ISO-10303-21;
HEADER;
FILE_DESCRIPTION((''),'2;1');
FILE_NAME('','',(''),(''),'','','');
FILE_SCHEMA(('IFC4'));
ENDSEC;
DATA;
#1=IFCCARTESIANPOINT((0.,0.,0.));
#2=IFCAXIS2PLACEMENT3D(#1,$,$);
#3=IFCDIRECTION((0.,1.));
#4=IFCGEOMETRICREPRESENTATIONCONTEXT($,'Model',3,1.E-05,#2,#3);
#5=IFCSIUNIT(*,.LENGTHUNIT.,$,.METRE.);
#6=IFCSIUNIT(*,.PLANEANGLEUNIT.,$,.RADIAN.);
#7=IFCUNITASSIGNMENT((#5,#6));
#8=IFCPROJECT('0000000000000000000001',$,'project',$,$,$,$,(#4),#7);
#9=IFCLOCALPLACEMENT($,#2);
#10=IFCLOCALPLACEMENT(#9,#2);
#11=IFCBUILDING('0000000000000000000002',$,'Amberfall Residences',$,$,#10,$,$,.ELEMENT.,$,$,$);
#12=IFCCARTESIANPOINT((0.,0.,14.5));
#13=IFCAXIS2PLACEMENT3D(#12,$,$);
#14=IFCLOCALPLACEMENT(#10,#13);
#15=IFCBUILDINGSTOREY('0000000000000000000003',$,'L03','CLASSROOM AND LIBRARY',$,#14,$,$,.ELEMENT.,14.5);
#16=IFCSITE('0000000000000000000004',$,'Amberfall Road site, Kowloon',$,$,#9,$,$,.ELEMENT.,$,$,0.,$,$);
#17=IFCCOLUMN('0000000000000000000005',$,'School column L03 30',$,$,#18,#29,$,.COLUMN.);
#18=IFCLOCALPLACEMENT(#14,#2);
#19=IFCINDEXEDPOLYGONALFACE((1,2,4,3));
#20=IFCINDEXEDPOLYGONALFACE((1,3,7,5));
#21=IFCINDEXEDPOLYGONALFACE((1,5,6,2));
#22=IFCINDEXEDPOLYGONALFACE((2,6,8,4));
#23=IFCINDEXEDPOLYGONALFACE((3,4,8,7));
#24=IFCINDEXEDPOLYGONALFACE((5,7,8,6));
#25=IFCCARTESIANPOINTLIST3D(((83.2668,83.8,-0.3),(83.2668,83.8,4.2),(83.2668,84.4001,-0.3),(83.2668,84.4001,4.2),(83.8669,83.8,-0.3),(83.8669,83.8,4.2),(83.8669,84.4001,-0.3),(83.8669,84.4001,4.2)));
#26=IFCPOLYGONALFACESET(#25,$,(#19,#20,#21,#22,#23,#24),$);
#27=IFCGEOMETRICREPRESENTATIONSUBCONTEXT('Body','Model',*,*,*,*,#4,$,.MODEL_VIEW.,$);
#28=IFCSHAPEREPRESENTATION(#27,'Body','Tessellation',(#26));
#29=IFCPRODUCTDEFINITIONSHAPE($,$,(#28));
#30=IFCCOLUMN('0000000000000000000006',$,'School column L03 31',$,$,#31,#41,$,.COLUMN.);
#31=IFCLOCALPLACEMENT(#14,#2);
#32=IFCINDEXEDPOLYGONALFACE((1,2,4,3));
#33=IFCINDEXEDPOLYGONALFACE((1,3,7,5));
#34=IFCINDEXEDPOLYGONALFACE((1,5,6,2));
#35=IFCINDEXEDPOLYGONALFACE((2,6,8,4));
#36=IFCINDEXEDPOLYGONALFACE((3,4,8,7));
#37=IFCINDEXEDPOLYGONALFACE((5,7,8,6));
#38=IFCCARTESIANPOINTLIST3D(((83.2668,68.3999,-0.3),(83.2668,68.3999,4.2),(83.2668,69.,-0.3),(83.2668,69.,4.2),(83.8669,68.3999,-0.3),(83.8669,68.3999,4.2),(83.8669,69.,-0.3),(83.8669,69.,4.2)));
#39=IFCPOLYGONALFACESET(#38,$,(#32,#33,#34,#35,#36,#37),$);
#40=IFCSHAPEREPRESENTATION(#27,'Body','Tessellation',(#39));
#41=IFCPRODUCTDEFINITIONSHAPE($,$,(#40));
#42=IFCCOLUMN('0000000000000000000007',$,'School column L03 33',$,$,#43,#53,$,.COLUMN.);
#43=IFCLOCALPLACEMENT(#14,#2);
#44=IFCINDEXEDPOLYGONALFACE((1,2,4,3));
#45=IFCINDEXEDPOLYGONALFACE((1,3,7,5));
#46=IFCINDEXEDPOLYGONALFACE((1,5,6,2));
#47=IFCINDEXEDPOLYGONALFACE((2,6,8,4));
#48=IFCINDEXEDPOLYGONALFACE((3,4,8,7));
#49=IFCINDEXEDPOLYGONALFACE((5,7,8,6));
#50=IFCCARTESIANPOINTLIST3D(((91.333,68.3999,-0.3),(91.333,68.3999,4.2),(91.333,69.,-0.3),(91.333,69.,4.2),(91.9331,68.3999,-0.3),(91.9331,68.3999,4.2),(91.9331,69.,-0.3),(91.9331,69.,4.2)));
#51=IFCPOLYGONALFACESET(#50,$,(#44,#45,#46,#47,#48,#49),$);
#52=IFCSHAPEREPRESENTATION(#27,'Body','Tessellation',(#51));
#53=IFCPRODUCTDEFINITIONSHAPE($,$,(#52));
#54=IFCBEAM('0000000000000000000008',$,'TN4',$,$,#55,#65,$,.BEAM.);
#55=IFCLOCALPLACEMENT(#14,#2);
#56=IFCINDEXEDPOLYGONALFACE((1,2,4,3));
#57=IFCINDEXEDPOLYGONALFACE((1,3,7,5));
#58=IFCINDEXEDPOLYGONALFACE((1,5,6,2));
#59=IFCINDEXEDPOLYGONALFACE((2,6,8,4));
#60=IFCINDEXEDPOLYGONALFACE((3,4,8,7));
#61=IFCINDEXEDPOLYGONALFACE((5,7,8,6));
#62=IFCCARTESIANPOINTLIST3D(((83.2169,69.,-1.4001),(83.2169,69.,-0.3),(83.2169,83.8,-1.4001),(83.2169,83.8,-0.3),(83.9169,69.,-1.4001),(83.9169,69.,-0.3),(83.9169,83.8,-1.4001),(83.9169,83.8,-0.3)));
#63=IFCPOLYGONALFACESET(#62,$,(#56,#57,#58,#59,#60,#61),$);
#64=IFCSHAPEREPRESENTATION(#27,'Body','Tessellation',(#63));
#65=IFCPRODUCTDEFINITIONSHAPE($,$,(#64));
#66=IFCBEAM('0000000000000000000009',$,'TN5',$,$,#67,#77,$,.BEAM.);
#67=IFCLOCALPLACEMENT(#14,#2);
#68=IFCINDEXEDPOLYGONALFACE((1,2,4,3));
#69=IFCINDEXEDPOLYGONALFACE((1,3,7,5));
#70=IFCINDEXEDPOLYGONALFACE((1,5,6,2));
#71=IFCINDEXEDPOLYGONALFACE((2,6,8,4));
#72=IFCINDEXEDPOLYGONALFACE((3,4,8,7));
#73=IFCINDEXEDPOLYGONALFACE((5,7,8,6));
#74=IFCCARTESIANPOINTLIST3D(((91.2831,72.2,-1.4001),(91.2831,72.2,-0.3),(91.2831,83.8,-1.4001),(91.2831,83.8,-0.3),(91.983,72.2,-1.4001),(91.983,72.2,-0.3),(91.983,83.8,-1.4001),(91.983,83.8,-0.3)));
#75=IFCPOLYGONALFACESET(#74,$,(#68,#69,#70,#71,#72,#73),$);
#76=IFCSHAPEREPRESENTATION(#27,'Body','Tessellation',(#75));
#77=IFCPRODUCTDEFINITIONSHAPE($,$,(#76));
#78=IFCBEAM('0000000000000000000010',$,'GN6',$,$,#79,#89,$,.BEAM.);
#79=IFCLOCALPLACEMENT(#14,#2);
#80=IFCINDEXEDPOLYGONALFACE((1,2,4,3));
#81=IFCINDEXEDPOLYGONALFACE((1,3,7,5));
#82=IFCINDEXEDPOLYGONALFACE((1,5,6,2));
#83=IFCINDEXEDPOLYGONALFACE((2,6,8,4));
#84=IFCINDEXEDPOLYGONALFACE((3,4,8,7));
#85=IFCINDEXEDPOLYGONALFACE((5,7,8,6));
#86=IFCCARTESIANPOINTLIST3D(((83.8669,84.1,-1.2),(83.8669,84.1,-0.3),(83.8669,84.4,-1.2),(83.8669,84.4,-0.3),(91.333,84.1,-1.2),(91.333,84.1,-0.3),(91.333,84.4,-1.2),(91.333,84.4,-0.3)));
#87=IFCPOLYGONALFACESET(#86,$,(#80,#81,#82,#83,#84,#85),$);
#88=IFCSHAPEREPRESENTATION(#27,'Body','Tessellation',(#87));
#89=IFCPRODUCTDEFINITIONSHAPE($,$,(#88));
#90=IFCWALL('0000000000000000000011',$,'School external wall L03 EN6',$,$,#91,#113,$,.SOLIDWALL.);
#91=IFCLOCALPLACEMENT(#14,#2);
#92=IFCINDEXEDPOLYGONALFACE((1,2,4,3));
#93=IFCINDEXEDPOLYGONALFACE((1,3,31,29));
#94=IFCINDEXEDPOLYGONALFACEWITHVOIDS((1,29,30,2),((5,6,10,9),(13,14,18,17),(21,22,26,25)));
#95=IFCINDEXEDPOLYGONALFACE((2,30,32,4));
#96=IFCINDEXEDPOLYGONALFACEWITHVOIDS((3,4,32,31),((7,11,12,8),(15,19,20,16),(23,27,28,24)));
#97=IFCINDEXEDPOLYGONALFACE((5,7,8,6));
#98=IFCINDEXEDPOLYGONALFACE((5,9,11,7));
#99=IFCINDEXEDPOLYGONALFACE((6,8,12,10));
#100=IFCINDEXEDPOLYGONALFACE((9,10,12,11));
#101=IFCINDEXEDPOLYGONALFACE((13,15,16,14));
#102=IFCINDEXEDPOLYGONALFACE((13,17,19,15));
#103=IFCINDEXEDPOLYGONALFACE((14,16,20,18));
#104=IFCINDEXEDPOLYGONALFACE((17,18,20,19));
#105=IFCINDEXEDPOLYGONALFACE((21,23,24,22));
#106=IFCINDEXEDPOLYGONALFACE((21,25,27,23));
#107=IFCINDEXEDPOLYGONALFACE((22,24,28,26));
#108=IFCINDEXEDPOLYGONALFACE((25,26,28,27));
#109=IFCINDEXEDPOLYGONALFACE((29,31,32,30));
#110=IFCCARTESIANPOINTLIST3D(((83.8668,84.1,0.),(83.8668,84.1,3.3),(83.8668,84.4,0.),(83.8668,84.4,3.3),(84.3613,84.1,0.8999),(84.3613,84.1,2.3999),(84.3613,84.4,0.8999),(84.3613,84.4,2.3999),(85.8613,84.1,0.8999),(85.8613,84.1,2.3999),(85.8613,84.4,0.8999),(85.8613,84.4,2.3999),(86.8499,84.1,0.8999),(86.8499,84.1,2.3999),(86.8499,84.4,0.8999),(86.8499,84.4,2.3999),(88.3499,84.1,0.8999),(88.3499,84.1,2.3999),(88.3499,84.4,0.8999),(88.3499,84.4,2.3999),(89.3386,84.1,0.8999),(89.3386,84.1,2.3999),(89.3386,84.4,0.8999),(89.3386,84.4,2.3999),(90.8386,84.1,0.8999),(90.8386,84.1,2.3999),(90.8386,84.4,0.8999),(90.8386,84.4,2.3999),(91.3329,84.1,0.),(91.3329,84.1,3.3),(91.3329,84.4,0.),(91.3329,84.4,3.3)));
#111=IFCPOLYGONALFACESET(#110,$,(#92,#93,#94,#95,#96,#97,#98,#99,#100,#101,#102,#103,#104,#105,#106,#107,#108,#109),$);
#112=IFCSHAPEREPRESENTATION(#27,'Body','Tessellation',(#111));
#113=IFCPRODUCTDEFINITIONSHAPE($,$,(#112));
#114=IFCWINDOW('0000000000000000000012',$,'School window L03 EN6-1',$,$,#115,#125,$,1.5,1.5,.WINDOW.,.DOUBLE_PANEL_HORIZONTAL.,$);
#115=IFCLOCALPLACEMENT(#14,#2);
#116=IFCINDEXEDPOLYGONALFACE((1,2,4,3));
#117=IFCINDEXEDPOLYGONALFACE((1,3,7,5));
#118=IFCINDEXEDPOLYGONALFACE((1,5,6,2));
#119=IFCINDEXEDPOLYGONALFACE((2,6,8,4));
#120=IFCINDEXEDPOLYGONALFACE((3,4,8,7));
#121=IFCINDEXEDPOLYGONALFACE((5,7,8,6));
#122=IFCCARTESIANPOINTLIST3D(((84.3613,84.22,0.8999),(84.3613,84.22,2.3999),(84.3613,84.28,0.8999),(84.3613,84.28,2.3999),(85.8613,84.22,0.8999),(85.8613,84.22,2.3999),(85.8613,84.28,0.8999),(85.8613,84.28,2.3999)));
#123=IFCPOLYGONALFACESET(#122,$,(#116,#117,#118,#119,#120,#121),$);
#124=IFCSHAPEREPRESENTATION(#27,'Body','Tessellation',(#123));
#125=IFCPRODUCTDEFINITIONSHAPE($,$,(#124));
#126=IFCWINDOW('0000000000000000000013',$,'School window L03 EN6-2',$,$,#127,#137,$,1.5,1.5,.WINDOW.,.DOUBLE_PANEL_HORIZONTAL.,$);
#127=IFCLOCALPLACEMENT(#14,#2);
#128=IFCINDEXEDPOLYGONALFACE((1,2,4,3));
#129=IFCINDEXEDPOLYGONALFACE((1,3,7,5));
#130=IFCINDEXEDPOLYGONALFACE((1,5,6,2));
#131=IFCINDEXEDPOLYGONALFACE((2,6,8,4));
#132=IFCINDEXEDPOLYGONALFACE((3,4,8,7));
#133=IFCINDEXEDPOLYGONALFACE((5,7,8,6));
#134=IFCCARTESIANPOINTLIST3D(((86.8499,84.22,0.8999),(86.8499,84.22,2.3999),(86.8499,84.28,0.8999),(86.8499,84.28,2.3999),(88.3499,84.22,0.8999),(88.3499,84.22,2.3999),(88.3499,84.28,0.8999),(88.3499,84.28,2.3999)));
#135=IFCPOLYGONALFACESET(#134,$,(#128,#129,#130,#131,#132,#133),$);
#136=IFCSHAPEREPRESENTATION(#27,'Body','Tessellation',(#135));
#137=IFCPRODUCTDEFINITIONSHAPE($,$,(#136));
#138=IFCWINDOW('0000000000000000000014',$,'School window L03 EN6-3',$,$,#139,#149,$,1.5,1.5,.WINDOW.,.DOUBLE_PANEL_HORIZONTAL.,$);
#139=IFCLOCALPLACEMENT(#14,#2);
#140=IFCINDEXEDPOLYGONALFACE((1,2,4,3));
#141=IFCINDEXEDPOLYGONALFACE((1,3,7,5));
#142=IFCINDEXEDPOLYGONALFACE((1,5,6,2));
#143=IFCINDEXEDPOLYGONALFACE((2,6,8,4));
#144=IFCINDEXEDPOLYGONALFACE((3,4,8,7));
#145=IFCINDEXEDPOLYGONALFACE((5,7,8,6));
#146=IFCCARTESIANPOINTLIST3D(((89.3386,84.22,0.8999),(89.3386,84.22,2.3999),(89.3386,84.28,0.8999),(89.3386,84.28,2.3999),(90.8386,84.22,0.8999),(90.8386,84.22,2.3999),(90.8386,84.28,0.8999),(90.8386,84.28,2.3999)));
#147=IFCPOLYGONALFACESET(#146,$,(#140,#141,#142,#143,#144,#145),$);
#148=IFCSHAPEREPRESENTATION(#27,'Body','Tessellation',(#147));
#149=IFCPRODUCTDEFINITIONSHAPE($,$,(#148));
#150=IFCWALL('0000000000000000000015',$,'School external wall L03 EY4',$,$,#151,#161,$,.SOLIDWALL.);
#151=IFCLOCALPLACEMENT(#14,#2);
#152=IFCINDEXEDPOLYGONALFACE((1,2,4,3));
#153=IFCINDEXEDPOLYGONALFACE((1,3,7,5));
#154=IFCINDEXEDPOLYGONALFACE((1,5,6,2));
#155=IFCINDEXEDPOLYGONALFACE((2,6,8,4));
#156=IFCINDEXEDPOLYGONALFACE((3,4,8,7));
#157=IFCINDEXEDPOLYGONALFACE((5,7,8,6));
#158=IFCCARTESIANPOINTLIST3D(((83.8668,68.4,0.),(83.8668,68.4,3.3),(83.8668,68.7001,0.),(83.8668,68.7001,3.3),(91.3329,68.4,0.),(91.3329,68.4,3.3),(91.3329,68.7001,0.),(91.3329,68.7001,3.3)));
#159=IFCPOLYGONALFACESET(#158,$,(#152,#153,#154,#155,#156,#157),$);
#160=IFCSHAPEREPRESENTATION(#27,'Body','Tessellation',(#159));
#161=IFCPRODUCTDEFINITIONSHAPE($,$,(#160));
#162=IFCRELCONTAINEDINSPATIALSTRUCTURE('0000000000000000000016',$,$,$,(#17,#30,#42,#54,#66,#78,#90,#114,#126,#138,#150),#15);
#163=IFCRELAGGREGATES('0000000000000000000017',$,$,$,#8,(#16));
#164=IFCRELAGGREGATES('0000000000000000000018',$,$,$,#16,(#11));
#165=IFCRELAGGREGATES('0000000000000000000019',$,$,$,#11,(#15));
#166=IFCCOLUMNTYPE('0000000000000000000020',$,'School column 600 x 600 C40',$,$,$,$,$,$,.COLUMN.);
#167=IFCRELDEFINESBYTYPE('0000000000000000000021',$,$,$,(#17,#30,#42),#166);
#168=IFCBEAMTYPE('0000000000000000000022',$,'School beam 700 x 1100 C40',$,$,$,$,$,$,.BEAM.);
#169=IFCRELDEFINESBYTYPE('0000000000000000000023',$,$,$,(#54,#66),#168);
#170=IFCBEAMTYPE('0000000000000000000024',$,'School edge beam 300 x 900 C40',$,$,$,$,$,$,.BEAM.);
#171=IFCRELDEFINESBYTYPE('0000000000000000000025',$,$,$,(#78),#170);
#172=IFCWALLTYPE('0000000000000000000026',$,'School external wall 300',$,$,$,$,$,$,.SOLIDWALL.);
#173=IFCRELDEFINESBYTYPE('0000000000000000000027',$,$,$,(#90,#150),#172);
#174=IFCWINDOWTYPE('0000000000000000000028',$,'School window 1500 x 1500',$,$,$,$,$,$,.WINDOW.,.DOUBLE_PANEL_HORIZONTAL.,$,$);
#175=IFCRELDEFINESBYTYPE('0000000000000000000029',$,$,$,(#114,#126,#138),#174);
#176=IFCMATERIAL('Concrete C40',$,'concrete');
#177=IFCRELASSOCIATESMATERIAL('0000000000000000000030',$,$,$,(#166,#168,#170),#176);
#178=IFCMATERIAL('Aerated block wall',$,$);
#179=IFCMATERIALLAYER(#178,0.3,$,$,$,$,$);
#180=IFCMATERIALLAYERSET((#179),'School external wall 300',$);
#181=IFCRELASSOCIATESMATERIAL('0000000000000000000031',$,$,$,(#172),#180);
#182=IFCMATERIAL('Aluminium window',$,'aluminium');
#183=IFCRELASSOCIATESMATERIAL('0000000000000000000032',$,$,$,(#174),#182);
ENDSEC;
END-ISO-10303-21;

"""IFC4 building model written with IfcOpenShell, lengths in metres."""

from ifc_helpers import new_model, si_unit, direction, frame, frame_2d, origin, origin_2d, place, context, subcontext, project, spatial, rectangle, extrude, material, layer, layer_set, material_profile, profile_set, type_object, element, fill, save


model = new_model("IFC4")

# Units and contexts
model_context = context("Model", 3, precision=1e-05, world=origin(), true_north=direction((0.0, 1.0)))
body_context = subcontext(model_context, "Body", "Model", "MODEL_VIEW")
ifc_project = project(units=[si_unit("LENGTHUNIT", "METRE"), si_unit("PLANEANGLEUNIT", "RADIAN")], contexts=[model_context])

# Site, building, storey
site_placement = place(None, origin())
site = spatial("IfcSite", under=ifc_project, at=site_placement, Name="Amberfall Road site, Kowloon", CompositionType="ELEMENT", RefElevation=0.0)
building_placement = place(site_placement, origin())
building = spatial("IfcBuilding", under=site, at=building_placement, Name="Amberfall Residences", CompositionType="ELEMENT")
storey_placement = place(building_placement, frame((0.0, 0.0, 14.5)))
storey = spatial("IfcBuildingStorey", under=building, at=storey_placement, Name="L03", Description="CLASSROOM AND LIBRARY", CompositionType="ELEMENT", Elevation=14.5)

# Columns
ifc_material_1 = material(Name="Concrete C40", Category="concrete")
ifc_material_profile_1 = material_profile(ifc_material_1, rectangle(XDim=0.6001, YDim=0.6001, at=origin_2d()), Name="School column 600 x 600 C40")
ifc_profile_set_1 = profile_set([ifc_material_profile_1], Name="Concrete C40")
column_type = type_object("IfcColumnType", Name="School column 600 x 600 C40", PredefinedType="COLUMN", material=ifc_profile_set_1)
for number, where, z_axis, x_axis, name in (
    (1, (83.5669, 84.1001, -0.3), (0.0, 0.0, 1.0), (1.0, 0.0, 0.0), "School column L03 30"),
    (2, (83.5669, 68.7, -0.3), (0.0, 0.0, 1.0), (1.0, 0.0, 0.0), "School column L03 31"),
    (3, (91.6331, 68.7, -0.3), (0.0, 0.0, 1.0), (1.0, 0.0, 0.0), "School column L03 33"),
):
    element("IfcColumn", number, at=place(storey_placement, frame(where, z_axis=z_axis, x_axis=x_axis)), inside=storey, type_object=column_type, Name=name, PredefinedType="COLUMN", context=body_context, shape_type="SweptSolid", body=[
        extrude(rectangle(XDim=0.6001, YDim=0.6001, at=origin_2d()), origin(), (0.0, 0.0, 1.0), 4.5),
    ])

# Beams
ifc_material_profile_2 = material_profile(ifc_material_1, rectangle(XDim=0.7, YDim=1.1001, at=origin_2d()), Name="School beam 700 x 1100 C40")
ifc_profile_set_2 = profile_set([ifc_material_profile_2], Name="Concrete C40")
beam_type_1 = type_object("IfcBeamType", Name="School beam 700 x 1100 C40", PredefinedType="BEAM", material=ifc_profile_set_2)
beam_1_placement = place(storey_placement, frame((83.5669, 69.0, -0.8501), z_axis=(0.0, 1.0, 0.0), x_axis=(-1.0, 0.0, 0.0)))
element("IfcBeam", 4, at=beam_1_placement, inside=storey, type_object=beam_type_1, Name="TN4", PredefinedType="BEAM", context=body_context, shape_type="SweptSolid", body=[
    extrude(rectangle(XDim=0.7, YDim=1.1001, at=origin_2d()), origin(), (0.0, 0.0, 1.0), 14.8),
])
beam_2_placement = place(storey_placement, frame((91.6331, 72.2, -0.8501), z_axis=(0.0, 1.0, 0.0), x_axis=(-1.0, 0.0, 0.0)))
element("IfcBeam", 5, at=beam_2_placement, inside=storey, type_object=beam_type_1, Name="TN5", PredefinedType="BEAM", context=body_context, shape_type="SweptSolid", body=[
    extrude(rectangle(XDim=0.7, YDim=1.1001, at=origin_2d()), origin(), (0.0, 0.0, 1.0), 11.6001),
])
ifc_material_profile_3 = material_profile(ifc_material_1, rectangle(XDim=0.3, YDim=0.8999, at=origin_2d()), Name="School edge beam 300 x 900 C40")
ifc_profile_set_3 = profile_set([ifc_material_profile_3], Name="Concrete C40")
beam_type_2 = type_object("IfcBeamType", Name="School edge beam 300 x 900 C40", PredefinedType="BEAM", material=ifc_profile_set_3)
beam_3_placement = place(storey_placement, frame((83.8669, 84.25, -0.75), z_axis=(1.0, 0.0, 0.0), x_axis=(0.0, 1.0, 0.0)))
element("IfcBeam", 6, at=beam_3_placement, inside=storey, type_object=beam_type_2, Name="GN6", PredefinedType="BEAM", context=body_context, shape_type="SweptSolid", body=[
    extrude(rectangle(XDim=0.3, YDim=0.8999, at=origin_2d()), origin(), (0.0, 0.0, 1.0), 7.4661),
])

# Wall, openings, windows
ifc_material_2 = material(Name="Aerated block wall")
ifc_layer_1 = layer(ifc_material_2, 0.3)
ifc_layer_set_1 = layer_set([ifc_layer_1], Name="School external wall 300")
wall_type_1 = type_object("IfcWallType", Name="School external wall 300", PredefinedType="SOLIDWALL", material=ifc_layer_set_1)
wall_1_placement = place(storey_placement, frame((83.8669, 84.25, 0.0), z_axis=(0.0, 0.0, 1.0), x_axis=(1.0, 0.0, 0.0)))
wall_1 = element("IfcWall", 7, at=wall_1_placement, inside=storey, type_object=wall_type_1, Name="School external wall L03 EN6", PredefinedType="SOLIDWALL", context=body_context, shape_type="SweptSolid", body=[
    extrude(rectangle(XDim=7.4661, YDim=0.3, at=frame_2d((3.7329, 0.0))), origin(), (0.0, 0.0, 1.0), 3.3),
])
opening_1_placement = place(wall_1_placement, frame((0.4944, 0.0, 0.8999)))
opening_1 = element("IfcOpeningElement", 8, at=opening_1_placement, cuts=wall_1, PredefinedType="OPENING", context=body_context, shape_type="SweptSolid", body=[
    extrude(rectangle(XDim=1.5, YDim=1.5, at=frame_2d((0.75, 0.75))), frame((0.0, 0.1599, 0.0), z_axis=(0.0, -1.0, 0.0), x_axis=(1.0, 0.0, 0.0)), (0.0, 0.0, 1.0), 0.3201),
])
opening_2_placement = place(wall_1_placement, frame((2.9829, 0.0, 0.8999)))
opening_2 = element("IfcOpeningElement", 9, at=opening_2_placement, cuts=wall_1, PredefinedType="OPENING", context=body_context, shape_type="SweptSolid", body=[
    extrude(rectangle(XDim=1.5, YDim=1.5, at=frame_2d((0.75, 0.75))), frame((0.0, 0.1599, 0.0), z_axis=(0.0, -1.0, 0.0), x_axis=(1.0, 0.0, 0.0)), (0.0, 0.0, 1.0), 0.3201),
])
opening_3_placement = place(wall_1_placement, frame((5.4717, 0.0, 0.8999)))
opening_3 = element("IfcOpeningElement", 10, at=opening_3_placement, cuts=wall_1, PredefinedType="OPENING", context=body_context, shape_type="SweptSolid", body=[
    extrude(rectangle(XDim=1.5, YDim=1.5, at=frame_2d((0.75, 0.75))), frame((0.0, 0.1599, 0.0), z_axis=(0.0, -1.0, 0.0), x_axis=(1.0, 0.0, 0.0)), (0.0, 0.0, 1.0), 0.3201),
])
ifc_material_3 = material(Name="Aluminium window", Category="aluminium")
window_type = type_object("IfcWindowType", Name="School window 1500 x 1500", PartitioningType="DOUBLE_PANEL_HORIZONTAL", PredefinedType="WINDOW", material=ifc_material_3)
window_1_placement = place(opening_1_placement, origin())
window_1 = element("IfcWindow", 11, at=window_1_placement, inside=storey, type_object=window_type, Name="School window L03 EN6-1", OverallHeight=1.5, OverallWidth=1.5, PartitioningType="DOUBLE_PANEL_HORIZONTAL", PredefinedType="WINDOW", context=body_context, shape_type="SweptSolid", body=[
    extrude(rectangle(XDim=1.5, YDim=1.5, at=frame_2d((0.75, 0.75))), frame((0.0, 0.03, 0.0), z_axis=(0.0, -1.0, 0.0), x_axis=(1.0, 0.0, 0.0)), (0.0, 0.0, 1.0), 0.0601),
])
fill(opening_1, window_1)
window_2_placement = place(opening_2_placement, origin())
window_2 = element("IfcWindow", 12, at=window_2_placement, inside=storey, type_object=window_type, Name="School window L03 EN6-2", OverallHeight=1.5, OverallWidth=1.5, PartitioningType="DOUBLE_PANEL_HORIZONTAL", PredefinedType="WINDOW", context=body_context, shape_type="SweptSolid", body=[
    extrude(rectangle(XDim=1.5, YDim=1.5, at=frame_2d((0.75, 0.75))), frame((0.0, 0.03, 0.0), z_axis=(0.0, -1.0, 0.0), x_axis=(1.0, 0.0, 0.0)), (0.0, 0.0, 1.0), 0.0601),
])
fill(opening_2, window_2)
window_3_placement = place(opening_3_placement, origin())
window_3 = element("IfcWindow", 13, at=window_3_placement, inside=storey, type_object=window_type, Name="School window L03 EN6-3", OverallHeight=1.5, OverallWidth=1.5, PartitioningType="DOUBLE_PANEL_HORIZONTAL", PredefinedType="WINDOW", context=body_context, shape_type="SweptSolid", body=[
    extrude(rectangle(XDim=1.5, YDim=1.5, at=frame_2d((0.75, 0.75))), frame((0.0, 0.03, 0.0), z_axis=(0.0, -1.0, 0.0), x_axis=(1.0, 0.0, 0.0)), (0.0, 0.0, 1.0), 0.0601),
])
fill(opening_3, window_3)

# Wall
wall_2_placement = place(storey_placement, frame((83.8669, 68.55, 0.0), z_axis=(0.0, 0.0, 1.0), x_axis=(1.0, 0.0, 0.0)))
element("IfcWall", 14, at=wall_2_placement, inside=storey, type_object=wall_type_1, Name="School external wall L03 EY4", PredefinedType="SOLIDWALL", context=body_context, shape_type="SweptSolid", body=[
    extrude(rectangle(XDim=7.4661, YDim=0.3, at=frame_2d((3.7329, 0.0))), origin(), (0.0, 0.0, 1.0), 3.3),
])

save(model, "model.ifc")
